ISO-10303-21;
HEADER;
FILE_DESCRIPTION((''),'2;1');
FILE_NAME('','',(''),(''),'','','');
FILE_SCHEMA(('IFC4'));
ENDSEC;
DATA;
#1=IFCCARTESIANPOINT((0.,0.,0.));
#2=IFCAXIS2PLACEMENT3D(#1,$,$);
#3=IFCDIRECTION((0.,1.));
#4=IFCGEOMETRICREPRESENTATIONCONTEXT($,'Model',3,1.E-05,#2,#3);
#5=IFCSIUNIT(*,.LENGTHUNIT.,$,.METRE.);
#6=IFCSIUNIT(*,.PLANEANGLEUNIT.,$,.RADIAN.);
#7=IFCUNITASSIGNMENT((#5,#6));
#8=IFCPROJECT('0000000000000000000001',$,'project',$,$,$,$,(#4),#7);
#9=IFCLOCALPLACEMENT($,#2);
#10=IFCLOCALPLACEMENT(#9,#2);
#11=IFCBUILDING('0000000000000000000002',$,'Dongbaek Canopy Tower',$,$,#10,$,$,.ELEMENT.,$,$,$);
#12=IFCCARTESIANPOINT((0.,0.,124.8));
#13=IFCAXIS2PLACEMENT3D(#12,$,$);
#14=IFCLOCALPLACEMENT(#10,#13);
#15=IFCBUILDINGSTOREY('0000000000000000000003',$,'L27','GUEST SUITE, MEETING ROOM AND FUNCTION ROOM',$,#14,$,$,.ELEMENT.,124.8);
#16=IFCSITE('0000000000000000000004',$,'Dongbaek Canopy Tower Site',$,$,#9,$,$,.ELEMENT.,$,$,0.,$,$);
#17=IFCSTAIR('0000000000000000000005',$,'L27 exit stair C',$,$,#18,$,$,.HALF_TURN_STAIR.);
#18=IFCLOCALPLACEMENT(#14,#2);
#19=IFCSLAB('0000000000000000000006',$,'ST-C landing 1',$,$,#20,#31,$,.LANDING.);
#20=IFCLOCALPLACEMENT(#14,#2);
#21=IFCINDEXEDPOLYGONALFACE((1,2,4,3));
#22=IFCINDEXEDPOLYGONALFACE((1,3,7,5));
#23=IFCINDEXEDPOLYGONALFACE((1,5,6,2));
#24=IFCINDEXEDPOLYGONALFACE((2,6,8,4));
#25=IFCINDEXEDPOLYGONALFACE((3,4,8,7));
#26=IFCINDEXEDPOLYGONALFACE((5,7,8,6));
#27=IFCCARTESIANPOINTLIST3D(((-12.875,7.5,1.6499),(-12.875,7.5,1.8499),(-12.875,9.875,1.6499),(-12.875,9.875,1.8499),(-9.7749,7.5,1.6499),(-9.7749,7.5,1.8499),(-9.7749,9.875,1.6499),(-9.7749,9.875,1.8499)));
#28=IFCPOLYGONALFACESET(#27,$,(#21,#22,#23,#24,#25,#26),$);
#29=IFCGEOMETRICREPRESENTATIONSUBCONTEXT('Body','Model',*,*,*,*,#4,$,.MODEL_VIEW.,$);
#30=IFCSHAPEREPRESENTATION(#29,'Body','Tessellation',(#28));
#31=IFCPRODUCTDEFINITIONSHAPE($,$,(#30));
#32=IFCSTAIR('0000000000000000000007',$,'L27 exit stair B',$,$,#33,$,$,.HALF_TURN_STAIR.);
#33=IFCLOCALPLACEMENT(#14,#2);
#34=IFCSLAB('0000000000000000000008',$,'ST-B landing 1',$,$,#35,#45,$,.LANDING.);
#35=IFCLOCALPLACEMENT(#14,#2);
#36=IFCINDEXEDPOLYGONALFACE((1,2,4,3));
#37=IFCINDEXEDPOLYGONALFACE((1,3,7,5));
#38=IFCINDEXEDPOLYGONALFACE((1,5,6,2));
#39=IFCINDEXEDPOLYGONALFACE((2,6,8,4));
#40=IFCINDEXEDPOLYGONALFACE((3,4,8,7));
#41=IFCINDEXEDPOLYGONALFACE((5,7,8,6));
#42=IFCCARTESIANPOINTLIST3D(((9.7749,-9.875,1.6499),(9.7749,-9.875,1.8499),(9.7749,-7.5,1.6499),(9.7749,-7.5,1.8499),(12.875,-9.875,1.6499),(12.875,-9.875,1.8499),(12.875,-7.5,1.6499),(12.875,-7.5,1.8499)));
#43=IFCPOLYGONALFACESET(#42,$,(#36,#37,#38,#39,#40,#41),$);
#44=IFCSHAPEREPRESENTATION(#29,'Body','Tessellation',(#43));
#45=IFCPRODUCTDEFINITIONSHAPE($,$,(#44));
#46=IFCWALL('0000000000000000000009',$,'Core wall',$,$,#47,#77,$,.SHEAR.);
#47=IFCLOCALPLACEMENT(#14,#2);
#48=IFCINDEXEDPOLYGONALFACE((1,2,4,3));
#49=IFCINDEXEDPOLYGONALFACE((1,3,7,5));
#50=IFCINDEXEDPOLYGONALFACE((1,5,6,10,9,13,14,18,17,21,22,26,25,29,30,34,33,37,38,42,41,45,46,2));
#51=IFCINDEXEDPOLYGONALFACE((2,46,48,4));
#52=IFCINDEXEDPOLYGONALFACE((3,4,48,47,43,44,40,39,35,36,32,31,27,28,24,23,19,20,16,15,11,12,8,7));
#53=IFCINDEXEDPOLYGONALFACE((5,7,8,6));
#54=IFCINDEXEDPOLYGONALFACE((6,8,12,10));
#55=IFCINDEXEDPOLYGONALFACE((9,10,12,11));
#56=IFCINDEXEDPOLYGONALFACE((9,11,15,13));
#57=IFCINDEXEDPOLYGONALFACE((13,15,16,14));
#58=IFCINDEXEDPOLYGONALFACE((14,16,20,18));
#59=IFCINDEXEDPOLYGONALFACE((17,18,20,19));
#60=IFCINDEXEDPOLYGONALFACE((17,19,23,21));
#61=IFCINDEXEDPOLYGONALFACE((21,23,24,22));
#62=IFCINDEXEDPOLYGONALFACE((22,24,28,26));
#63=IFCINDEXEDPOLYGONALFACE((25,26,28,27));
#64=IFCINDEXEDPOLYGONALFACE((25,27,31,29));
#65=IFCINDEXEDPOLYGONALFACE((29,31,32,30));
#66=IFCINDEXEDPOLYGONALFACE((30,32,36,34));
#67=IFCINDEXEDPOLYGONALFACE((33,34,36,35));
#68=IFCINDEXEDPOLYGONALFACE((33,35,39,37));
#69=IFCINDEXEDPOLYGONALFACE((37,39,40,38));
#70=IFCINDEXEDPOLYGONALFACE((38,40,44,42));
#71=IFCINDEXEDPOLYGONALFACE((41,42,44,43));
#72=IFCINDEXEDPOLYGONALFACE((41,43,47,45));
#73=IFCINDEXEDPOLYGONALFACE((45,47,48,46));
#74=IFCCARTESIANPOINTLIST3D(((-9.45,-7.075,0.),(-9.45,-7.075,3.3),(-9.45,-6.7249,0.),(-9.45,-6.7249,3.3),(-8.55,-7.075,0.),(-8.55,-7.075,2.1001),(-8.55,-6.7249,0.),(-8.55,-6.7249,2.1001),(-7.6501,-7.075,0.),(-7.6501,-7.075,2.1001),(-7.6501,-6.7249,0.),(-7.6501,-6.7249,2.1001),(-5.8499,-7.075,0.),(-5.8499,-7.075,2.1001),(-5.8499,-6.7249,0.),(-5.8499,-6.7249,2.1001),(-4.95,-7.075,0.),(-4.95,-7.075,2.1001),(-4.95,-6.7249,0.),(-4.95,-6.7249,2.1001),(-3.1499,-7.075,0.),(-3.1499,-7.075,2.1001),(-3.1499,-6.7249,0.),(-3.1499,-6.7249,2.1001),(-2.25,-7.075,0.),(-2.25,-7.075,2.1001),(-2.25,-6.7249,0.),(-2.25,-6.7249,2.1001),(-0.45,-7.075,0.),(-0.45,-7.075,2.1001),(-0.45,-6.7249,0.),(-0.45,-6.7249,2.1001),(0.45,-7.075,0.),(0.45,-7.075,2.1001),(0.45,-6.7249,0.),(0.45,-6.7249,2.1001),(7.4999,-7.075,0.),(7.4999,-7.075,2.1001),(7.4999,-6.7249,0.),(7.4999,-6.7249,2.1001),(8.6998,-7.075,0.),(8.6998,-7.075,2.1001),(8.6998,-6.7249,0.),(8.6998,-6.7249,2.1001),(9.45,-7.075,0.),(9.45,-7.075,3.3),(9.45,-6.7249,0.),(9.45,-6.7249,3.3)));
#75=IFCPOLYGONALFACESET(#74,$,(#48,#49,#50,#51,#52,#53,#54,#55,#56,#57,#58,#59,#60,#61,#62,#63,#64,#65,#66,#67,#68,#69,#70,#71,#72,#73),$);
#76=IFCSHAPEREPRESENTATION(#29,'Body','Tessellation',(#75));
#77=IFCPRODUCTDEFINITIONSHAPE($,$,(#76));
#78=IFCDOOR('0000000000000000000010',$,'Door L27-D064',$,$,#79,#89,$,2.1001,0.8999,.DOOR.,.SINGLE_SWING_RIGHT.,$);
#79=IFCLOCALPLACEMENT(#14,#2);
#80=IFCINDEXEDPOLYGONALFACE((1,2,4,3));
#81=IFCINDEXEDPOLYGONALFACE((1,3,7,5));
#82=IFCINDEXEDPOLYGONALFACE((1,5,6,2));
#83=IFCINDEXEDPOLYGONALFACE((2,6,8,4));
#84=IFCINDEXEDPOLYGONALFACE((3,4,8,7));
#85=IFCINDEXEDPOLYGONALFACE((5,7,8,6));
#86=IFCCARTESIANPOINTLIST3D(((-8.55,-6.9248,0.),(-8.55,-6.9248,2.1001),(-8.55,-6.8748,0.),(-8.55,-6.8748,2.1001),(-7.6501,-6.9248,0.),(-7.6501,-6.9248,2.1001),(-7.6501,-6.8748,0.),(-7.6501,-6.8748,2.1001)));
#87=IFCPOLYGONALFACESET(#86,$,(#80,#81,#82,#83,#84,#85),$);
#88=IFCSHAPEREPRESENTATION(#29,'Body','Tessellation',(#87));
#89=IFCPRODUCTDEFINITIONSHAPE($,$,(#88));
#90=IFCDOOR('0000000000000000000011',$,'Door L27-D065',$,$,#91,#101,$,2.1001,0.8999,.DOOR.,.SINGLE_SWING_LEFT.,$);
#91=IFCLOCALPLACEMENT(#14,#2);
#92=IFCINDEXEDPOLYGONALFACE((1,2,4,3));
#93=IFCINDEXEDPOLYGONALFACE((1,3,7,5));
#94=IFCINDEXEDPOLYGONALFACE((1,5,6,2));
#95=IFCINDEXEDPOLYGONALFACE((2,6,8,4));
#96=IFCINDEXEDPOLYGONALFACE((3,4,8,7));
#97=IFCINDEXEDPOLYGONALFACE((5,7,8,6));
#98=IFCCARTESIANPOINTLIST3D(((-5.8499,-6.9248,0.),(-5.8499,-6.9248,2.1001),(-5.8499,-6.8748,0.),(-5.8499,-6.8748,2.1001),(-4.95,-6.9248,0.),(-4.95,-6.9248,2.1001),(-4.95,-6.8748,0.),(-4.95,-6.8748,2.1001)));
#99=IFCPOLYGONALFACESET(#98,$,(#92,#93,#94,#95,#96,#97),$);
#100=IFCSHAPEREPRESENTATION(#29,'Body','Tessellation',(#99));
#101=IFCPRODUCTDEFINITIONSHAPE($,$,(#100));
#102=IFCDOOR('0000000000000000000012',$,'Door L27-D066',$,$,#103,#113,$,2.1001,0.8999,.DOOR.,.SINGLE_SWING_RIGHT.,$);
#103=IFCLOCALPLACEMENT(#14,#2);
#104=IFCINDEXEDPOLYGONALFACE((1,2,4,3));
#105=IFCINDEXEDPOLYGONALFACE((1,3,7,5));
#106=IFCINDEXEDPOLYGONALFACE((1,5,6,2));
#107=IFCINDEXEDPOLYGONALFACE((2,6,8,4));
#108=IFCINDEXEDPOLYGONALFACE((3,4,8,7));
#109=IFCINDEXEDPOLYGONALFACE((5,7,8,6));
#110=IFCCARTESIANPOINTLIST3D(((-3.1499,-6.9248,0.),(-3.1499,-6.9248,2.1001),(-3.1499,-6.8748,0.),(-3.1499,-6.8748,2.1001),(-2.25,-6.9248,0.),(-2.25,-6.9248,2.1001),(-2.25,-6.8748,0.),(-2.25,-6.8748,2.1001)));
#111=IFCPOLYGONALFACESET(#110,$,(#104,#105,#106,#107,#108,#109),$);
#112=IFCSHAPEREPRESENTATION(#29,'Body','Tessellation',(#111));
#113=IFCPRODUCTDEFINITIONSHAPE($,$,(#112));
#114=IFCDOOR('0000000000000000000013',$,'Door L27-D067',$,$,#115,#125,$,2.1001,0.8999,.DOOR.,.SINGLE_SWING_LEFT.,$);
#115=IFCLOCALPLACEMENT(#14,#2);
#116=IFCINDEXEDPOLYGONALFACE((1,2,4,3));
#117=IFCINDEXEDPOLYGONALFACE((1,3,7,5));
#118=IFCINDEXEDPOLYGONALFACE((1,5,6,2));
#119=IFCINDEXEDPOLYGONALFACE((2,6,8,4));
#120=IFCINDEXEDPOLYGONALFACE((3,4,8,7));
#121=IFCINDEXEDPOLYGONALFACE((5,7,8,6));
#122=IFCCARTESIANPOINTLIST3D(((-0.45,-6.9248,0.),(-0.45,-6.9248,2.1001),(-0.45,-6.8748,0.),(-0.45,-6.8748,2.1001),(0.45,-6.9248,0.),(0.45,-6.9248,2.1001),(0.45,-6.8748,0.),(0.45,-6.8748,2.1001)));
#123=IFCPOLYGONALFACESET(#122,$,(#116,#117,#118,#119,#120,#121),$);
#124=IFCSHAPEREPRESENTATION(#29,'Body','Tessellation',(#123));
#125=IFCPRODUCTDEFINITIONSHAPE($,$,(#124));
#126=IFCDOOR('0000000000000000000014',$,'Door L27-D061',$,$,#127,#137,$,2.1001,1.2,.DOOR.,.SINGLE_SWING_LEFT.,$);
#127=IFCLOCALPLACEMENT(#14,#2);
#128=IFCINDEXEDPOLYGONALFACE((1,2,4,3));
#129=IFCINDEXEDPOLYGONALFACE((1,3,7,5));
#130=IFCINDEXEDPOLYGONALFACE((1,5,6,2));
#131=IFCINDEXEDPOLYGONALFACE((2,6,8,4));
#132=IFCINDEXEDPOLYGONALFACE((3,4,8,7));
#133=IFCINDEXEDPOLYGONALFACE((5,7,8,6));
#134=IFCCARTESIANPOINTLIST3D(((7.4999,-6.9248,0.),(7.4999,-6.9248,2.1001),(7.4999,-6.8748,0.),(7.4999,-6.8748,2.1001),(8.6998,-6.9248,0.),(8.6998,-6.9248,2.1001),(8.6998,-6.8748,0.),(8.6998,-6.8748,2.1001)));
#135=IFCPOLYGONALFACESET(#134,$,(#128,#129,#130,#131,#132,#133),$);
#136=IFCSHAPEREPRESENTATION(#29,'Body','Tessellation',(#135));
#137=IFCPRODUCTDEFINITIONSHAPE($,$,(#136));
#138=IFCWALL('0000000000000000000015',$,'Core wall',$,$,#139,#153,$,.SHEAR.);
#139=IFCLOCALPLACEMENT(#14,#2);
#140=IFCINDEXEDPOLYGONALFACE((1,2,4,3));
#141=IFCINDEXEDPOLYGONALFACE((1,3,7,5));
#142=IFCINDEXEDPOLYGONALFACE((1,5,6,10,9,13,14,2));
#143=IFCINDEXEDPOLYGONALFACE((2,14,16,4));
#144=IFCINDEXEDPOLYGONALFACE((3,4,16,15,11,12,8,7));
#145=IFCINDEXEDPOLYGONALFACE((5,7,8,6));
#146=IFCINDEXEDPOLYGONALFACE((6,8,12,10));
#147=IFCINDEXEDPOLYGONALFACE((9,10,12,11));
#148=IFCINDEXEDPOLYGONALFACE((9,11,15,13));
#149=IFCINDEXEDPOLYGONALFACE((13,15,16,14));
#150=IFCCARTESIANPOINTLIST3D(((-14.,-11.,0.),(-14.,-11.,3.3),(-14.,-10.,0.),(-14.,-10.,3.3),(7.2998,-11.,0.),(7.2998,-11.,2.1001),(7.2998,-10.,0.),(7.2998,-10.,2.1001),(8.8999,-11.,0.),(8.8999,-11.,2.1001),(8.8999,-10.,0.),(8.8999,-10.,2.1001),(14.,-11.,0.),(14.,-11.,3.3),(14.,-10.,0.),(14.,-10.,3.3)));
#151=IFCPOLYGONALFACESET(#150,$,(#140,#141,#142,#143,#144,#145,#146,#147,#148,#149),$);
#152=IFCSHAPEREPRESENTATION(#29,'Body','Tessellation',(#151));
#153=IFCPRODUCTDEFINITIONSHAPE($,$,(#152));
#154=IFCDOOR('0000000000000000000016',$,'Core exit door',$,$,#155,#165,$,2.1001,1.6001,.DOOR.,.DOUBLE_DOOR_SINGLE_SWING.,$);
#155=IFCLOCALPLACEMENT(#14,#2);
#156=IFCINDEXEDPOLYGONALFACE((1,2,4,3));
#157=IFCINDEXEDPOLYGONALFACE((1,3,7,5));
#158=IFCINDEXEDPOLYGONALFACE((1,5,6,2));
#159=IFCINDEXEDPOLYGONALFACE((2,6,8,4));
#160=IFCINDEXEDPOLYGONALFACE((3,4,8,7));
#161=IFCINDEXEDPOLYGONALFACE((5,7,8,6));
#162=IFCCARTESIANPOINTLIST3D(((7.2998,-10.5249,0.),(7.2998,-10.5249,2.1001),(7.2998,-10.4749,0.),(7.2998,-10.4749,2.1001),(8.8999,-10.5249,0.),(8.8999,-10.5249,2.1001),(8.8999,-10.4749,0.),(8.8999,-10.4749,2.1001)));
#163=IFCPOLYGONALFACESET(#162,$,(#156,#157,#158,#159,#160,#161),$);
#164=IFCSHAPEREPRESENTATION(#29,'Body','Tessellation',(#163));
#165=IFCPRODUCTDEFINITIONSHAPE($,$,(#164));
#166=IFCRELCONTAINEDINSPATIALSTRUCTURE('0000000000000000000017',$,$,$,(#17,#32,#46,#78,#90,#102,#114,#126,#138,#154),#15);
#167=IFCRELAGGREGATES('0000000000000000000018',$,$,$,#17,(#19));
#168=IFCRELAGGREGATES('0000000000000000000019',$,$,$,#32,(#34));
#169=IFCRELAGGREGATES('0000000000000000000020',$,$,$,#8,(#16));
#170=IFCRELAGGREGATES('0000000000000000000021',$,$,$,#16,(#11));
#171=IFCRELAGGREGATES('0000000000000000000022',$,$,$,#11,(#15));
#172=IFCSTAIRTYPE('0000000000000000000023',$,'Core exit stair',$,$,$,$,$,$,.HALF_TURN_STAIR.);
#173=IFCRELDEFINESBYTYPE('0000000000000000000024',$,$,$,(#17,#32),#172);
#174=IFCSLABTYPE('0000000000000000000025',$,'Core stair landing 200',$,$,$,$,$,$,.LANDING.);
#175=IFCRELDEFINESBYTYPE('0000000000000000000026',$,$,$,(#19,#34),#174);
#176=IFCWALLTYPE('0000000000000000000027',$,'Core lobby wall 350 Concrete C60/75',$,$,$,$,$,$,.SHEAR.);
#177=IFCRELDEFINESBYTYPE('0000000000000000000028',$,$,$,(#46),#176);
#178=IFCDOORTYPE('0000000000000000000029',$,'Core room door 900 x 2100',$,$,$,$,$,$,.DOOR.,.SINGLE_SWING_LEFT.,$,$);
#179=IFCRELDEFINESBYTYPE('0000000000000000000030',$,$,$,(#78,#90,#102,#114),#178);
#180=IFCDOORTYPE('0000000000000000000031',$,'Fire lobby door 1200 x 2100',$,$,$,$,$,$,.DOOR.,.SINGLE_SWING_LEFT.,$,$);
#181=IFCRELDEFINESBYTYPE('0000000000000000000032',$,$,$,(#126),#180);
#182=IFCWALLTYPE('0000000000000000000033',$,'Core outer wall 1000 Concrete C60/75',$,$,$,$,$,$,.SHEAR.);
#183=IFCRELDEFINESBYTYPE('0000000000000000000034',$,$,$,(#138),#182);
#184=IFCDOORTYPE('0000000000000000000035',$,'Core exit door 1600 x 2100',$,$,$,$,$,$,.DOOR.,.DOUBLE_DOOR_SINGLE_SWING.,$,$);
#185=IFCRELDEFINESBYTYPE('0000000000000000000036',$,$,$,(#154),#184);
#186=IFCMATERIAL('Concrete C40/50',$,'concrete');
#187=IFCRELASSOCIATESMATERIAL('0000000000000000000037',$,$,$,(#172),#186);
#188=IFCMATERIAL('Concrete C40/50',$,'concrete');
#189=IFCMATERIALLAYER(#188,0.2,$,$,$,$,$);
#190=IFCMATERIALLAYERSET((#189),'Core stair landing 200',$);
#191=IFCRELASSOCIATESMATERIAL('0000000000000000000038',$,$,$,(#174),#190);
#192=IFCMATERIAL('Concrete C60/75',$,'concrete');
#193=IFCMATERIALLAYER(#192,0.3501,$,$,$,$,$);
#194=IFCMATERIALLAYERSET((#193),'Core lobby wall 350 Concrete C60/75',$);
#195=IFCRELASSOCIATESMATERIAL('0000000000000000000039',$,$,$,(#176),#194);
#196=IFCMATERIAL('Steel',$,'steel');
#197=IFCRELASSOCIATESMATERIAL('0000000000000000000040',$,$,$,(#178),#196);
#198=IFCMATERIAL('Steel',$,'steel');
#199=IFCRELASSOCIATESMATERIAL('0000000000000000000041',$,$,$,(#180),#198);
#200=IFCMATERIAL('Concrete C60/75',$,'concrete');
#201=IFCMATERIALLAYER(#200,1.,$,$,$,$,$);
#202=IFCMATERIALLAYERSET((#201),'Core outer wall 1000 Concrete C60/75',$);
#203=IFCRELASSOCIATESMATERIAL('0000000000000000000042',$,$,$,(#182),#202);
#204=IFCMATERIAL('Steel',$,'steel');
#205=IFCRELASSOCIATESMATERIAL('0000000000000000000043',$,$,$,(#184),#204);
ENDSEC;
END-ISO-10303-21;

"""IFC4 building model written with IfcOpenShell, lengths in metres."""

from ifc_helpers import new_model, si_unit, direction, frame, frame_2d, origin, place, context, subcontext, project, spatial, polyline, rectangle, outline, extrude, material, layer, layer_set, type_object, element, fill, aggregate, save


model = new_model("IFC4")

# Units and contexts
model_context = context("Model", 3, precision=1e-05, world=origin(), true_north=direction((0.0, 1.0)))
body_context = subcontext(model_context, "Body", "Model", "MODEL_VIEW")
ifc_project = project(units=[si_unit("LENGTHUNIT", "METRE"), si_unit("PLANEANGLEUNIT", "RADIAN")], contexts=[model_context])

# Site, building, storey
site_placement = place(None, origin())
site = spatial("IfcSite", under=ifc_project, at=site_placement, Name="Dongbaek Canopy Tower Site", CompositionType="ELEMENT", RefElevation=0.0)
building_placement = place(site_placement, origin())
building = spatial("IfcBuilding", under=site, at=building_placement, Name="Dongbaek Canopy Tower", CompositionType="ELEMENT")
storey_placement = place(building_placement, frame((0.0, 0.0, 124.8)))
storey = spatial("IfcBuildingStorey", under=building, at=storey_placement, Name="L27", Description="GUEST SUITE, MEETING ROOM AND FUNCTION ROOM", CompositionType="ELEMENT", Elevation=124.8)

# Stairs, slabs
ifc_material_1 = material(Name="Concrete C40/50", Category="concrete")
stair_type = type_object("IfcStairType", Name="Core exit stair", PredefinedType="HALF_TURN_STAIR", material=ifc_material_1)
stair_1_placement = place(storey_placement, origin())
stair_1 = element("IfcStair", 1, at=stair_1_placement, inside=storey, type_object=stair_type, Name="L27 exit stair C", PredefinedType="HALF_TURN_STAIR")
ifc_material_2 = material(Name="Concrete C40/50", Category="concrete")
ifc_layer_1 = layer(ifc_material_2, 0.2)
ifc_layer_set_1 = layer_set([ifc_layer_1], Name="Core stair landing 200")
slab_type = type_object("IfcSlabType", Name="Core stair landing 200", PredefinedType="LANDING", material=ifc_layer_set_1)
slab_1_placement = place(storey_placement, frame((0.0, 0.0, 1.6499)))
slab_1 = element("IfcSlab", 2, at=slab_1_placement, type_object=slab_type, Name="ST-C landing 1", PredefinedType="LANDING", context=body_context, shape_type="SweptSolid", body=[
    extrude(outline(polyline([(-9.7749, 7.5), (-9.7749, 9.875), (-12.875, 9.875), (-12.875, 7.5), (-9.7749, 7.5)])), origin(), (0.0, 0.0, 1.0), 0.2),
])
aggregate(stair_1, [slab_1])
stair_2_placement = place(storey_placement, origin())
stair_2 = element("IfcStair", 3, at=stair_2_placement, inside=storey, type_object=stair_type, Name="L27 exit stair B", PredefinedType="HALF_TURN_STAIR")
slab_2_placement = place(storey_placement, frame((0.0, 0.0, 1.6499)))
slab_2 = element("IfcSlab", 4, at=slab_2_placement, type_object=slab_type, Name="ST-B landing 1", PredefinedType="LANDING", context=body_context, shape_type="SweptSolid", body=[
    extrude(outline(polyline([(9.7749, -7.5), (9.7749, -9.875), (12.875, -9.875), (12.875, -7.5), (9.7749, -7.5)])), origin(), (0.0, 0.0, 1.0), 0.2),
])

# Wall, openings, doors
ifc_material_3 = material(Name="Concrete C60/75", Category="concrete")
ifc_layer_2 = layer(ifc_material_3, 0.3501)
ifc_layer_set_2 = layer_set([ifc_layer_2], Name="Core lobby wall 350 Concrete C60/75")
wall_type_1 = type_object("IfcWallType", Name="Core lobby wall 350 Concrete C60/75", PredefinedType="SHEAR", material=ifc_layer_set_2)
wall_1_placement = place(storey_placement, frame((9.45, -6.8999, 0.0), z_axis=(0.0, 0.0, 1.0), x_axis=(-1.0, 0.0, 0.0)))
wall_1 = element("IfcWall", 5, at=wall_1_placement, inside=storey, type_object=wall_type_1, Name="Core wall", PredefinedType="SHEAR", context=body_context, shape_type="SweptSolid", body=[
    extrude(rectangle(XDim=18.8999, YDim=0.3501, at=frame_2d((9.45, 0.0))), origin(), (0.0, 0.0, 1.0), 3.3),
])
opening_1_placement = place(wall_1_placement, frame((0.75, 0.0, 0.0)))
opening_1 = element("IfcOpeningElement", 6, at=opening_1_placement, cuts=wall_1, PredefinedType="OPENING", context=body_context, shape_type="SweptSolid", body=[
    extrude(rectangle(XDim=1.2, YDim=2.1001, at=frame_2d((0.6001, 1.05))), frame((0.0, 0.1851, 0.0), z_axis=(0.0, -1.0, 0.0), x_axis=(1.0, 0.0, 0.0)), (0.0, 0.0, 1.0), 0.3701),
])
opening_2_placement = place(wall_1_placement, frame((17.1001, 0.0, 0.0)))
opening_2 = element("IfcOpeningElement", 7, at=opening_2_placement, cuts=wall_1, PredefinedType="OPENING", context=body_context, shape_type="SweptSolid", body=[
    extrude(rectangle(XDim=0.8999, YDim=2.1001, at=frame_2d((0.45, 1.05))), frame((0.0, 0.1851, 0.0), z_axis=(0.0, -1.0, 0.0), x_axis=(1.0, 0.0, 0.0)), (0.0, 0.0, 1.0), 0.3701),
])
opening_3_placement = place(wall_1_placement, frame((14.3999, 0.0, 0.0)))
opening_3 = element("IfcOpeningElement", 8, at=opening_3_placement, cuts=wall_1, PredefinedType="OPENING", context=body_context, shape_type="SweptSolid", body=[
    extrude(rectangle(XDim=0.8999, YDim=2.1001, at=frame_2d((0.45, 1.05))), frame((0.0, 0.1851, 0.0), z_axis=(0.0, -1.0, 0.0), x_axis=(1.0, 0.0, 0.0)), (0.0, 0.0, 1.0), 0.3701),
])
opening_4_placement = place(wall_1_placement, frame((11.7, 0.0, 0.0)))
opening_4 = element("IfcOpeningElement", 9, at=opening_4_placement, cuts=wall_1, PredefinedType="OPENING", context=body_context, shape_type="SweptSolid", body=[
    extrude(rectangle(XDim=0.8999, YDim=2.1001, at=frame_2d((0.45, 1.05))), frame((0.0, 0.1851, 0.0), z_axis=(0.0, -1.0, 0.0), x_axis=(1.0, 0.0, 0.0)), (0.0, 0.0, 1.0), 0.3701),
])
opening_5_placement = place(wall_1_placement, frame((9.0, 0.0, 0.0)))
opening_5 = element("IfcOpeningElement", 10, at=opening_5_placement, cuts=wall_1, PredefinedType="OPENING", context=body_context, shape_type="SweptSolid", body=[
    extrude(rectangle(XDim=0.8999, YDim=2.1001, at=frame_2d((0.45, 1.05))), frame((0.0, 0.1851, 0.0), z_axis=(0.0, -1.0, 0.0), x_axis=(1.0, 0.0, 0.0)), (0.0, 0.0, 1.0), 0.3701),
])
ifc_material_4 = material(Name="Steel", Category="steel")
door_type_1 = type_object("IfcDoorType", Name="Core room door 900 x 2100", OperationType="SINGLE_SWING_LEFT", PredefinedType="DOOR", material=ifc_material_4)
door_1_placement = place(opening_2_placement, origin())
door_1 = element("IfcDoor", 11, at=door_1_placement, inside=storey, type_object=door_type_1, Name="Door L27-D064", OperationType="SINGLE_SWING_RIGHT", OverallHeight=2.1001, OverallWidth=0.8999, PredefinedType="DOOR", context=body_context, shape_type="SweptSolid", body=[
    extrude(rectangle(XDim=0.8999, YDim=2.1001, at=frame_2d((0.45, 1.05))), frame((0.0, 0.0249, 0.0), z_axis=(0.0, -1.0, 0.0), x_axis=(1.0, 0.0, 0.0)), (0.0, 0.0, 1.0), 0.05),
])
fill(opening_2, door_1)
door_2_placement = place(opening_3_placement, origin())
door_2 = element("IfcDoor", 12, at=door_2_placement, inside=storey, type_object=door_type_1, Name="Door L27-D065", OperationType="SINGLE_SWING_LEFT", OverallHeight=2.1001, OverallWidth=0.8999, PredefinedType="DOOR", context=body_context, shape_type="SweptSolid", body=[
    extrude(rectangle(XDim=0.8999, YDim=2.1001, at=frame_2d((0.45, 1.05))), frame((0.0, 0.0249, 0.0), z_axis=(0.0, -1.0, 0.0), x_axis=(1.0, 0.0, 0.0)), (0.0, 0.0, 1.0), 0.05),
])
fill(opening_3, door_2)
door_3_placement = place(opening_4_placement, origin())
door_3 = element("IfcDoor", 13, at=door_3_placement, inside=storey, type_object=door_type_1, Name="Door L27-D066", OperationType="SINGLE_SWING_RIGHT", OverallHeight=2.1001, OverallWidth=0.8999, PredefinedType="DOOR", context=body_context, shape_type="SweptSolid", body=[
    extrude(rectangle(XDim=0.8999, YDim=2.1001, at=frame_2d((0.45, 1.05))), frame((0.0, 0.0249, 0.0), z_axis=(0.0, -1.0, 0.0), x_axis=(1.0, 0.0, 0.0)), (0.0, 0.0, 1.0), 0.05),
])
fill(opening_4, door_3)
door_4_placement = place(opening_5_placement, origin())
door_4 = element("IfcDoor", 14, at=door_4_placement, inside=storey, type_object=door_type_1, Name="Door L27-D067", OperationType="SINGLE_SWING_LEFT", OverallHeight=2.1001, OverallWidth=0.8999, PredefinedType="DOOR", context=body_context, shape_type="SweptSolid", body=[
    extrude(rectangle(XDim=0.8999, YDim=2.1001, at=frame_2d((0.45, 1.05))), frame((0.0, 0.0249, 0.0), z_axis=(0.0, -1.0, 0.0), x_axis=(1.0, 0.0, 0.0)), (0.0, 0.0, 1.0), 0.05),
])
fill(opening_5, door_4)
ifc_material_5 = material(Name="Steel", Category="steel")
door_type_2 = type_object("IfcDoorType", Name="Fire lobby door 1200 x 2100", OperationType="SINGLE_SWING_LEFT", PredefinedType="DOOR", material=ifc_material_5)
door_5_placement = place(opening_1_placement, origin())
door_5 = element("IfcDoor", 15, at=door_5_placement, inside=storey, type_object=door_type_2, Name="Door L27-D061", OperationType="SINGLE_SWING_LEFT", OverallHeight=2.1001, OverallWidth=1.2, PredefinedType="DOOR", context=body_context, shape_type="SweptSolid", body=[
    extrude(rectangle(XDim=1.2, YDim=2.1001, at=frame_2d((0.6001, 1.05))), frame((0.0, 0.0249, 0.0), z_axis=(0.0, -1.0, 0.0), x_axis=(1.0, 0.0, 0.0)), (0.0, 0.0, 1.0), 0.05),
])
fill(opening_1, door_5)

# Wall, opening, door
ifc_material_6 = material(Name="Concrete C60/75", Category="concrete")
ifc_layer_3 = layer(ifc_material_6, 1.0)
ifc_layer_set_3 = layer_set([ifc_layer_3], Name="Core outer wall 1000 Concrete C60/75")
wall_type_2 = type_object("IfcWallType", Name="Core outer wall 1000 Concrete C60/75", PredefinedType="SHEAR", material=ifc_layer_set_3)
wall_2_placement = place(storey_placement, frame((14.0, -10.5, 0.0), z_axis=(0.0, 0.0, 1.0), x_axis=(-1.0, 0.0, 0.0)))
wall_2 = element("IfcWall", 16, at=wall_2_placement, inside=storey, type_object=wall_type_2, Name="Core wall", PredefinedType="SHEAR", context=body_context, shape_type="SweptSolid", body=[
    extrude(rectangle(XDim=28.0, YDim=1.0, at=frame_2d((14.0, 0.0))), origin(), (0.0, 0.0, 1.0), 3.3),
])
opening_6_placement = place(wall_2_placement, frame((5.1001, 0.0, 0.0)))
opening_6 = element("IfcOpeningElement", 17, at=opening_6_placement, cuts=wall_2, PredefinedType="OPENING", context=body_context, shape_type="SweptSolid", body=[
    extrude(rectangle(XDim=1.6001, YDim=2.1001, at=frame_2d((0.8, 1.05))), frame((0.0, 0.51, 0.0), z_axis=(0.0, -1.0, 0.0), x_axis=(1.0, 0.0, 0.0)), (0.0, 0.0, 1.0), 1.02),
])
ifc_material_7 = material(Name="Steel", Category="steel")
door_type_3 = type_object("IfcDoorType", Name="Core exit door 1600 x 2100", OperationType="DOUBLE_DOOR_SINGLE_SWING", PredefinedType="DOOR", material=ifc_material_7)
door_6_placement = place(opening_6_placement, origin())
door_6 = element("IfcDoor", 18, at=door_6_placement, inside=storey, type_object=door_type_3, Name="Core exit door", OperationType="DOUBLE_DOOR_SINGLE_SWING", OverallHeight=2.1001, OverallWidth=1.6001, PredefinedType="DOOR", context=body_context, shape_type="SweptSolid", body=[
    extrude(rectangle(XDim=1.6001, YDim=2.1001, at=frame_2d((0.8, 1.05))), frame((0.0, 0.0249, 0.0), z_axis=(0.0, -1.0, 0.0), x_axis=(1.0, 0.0, 0.0)), (0.0, 0.0, 1.0), 0.05),
])
fill(opening_6, door_6)

aggregate(stair_2, [slab_2])

save(model, "model.ifc")
